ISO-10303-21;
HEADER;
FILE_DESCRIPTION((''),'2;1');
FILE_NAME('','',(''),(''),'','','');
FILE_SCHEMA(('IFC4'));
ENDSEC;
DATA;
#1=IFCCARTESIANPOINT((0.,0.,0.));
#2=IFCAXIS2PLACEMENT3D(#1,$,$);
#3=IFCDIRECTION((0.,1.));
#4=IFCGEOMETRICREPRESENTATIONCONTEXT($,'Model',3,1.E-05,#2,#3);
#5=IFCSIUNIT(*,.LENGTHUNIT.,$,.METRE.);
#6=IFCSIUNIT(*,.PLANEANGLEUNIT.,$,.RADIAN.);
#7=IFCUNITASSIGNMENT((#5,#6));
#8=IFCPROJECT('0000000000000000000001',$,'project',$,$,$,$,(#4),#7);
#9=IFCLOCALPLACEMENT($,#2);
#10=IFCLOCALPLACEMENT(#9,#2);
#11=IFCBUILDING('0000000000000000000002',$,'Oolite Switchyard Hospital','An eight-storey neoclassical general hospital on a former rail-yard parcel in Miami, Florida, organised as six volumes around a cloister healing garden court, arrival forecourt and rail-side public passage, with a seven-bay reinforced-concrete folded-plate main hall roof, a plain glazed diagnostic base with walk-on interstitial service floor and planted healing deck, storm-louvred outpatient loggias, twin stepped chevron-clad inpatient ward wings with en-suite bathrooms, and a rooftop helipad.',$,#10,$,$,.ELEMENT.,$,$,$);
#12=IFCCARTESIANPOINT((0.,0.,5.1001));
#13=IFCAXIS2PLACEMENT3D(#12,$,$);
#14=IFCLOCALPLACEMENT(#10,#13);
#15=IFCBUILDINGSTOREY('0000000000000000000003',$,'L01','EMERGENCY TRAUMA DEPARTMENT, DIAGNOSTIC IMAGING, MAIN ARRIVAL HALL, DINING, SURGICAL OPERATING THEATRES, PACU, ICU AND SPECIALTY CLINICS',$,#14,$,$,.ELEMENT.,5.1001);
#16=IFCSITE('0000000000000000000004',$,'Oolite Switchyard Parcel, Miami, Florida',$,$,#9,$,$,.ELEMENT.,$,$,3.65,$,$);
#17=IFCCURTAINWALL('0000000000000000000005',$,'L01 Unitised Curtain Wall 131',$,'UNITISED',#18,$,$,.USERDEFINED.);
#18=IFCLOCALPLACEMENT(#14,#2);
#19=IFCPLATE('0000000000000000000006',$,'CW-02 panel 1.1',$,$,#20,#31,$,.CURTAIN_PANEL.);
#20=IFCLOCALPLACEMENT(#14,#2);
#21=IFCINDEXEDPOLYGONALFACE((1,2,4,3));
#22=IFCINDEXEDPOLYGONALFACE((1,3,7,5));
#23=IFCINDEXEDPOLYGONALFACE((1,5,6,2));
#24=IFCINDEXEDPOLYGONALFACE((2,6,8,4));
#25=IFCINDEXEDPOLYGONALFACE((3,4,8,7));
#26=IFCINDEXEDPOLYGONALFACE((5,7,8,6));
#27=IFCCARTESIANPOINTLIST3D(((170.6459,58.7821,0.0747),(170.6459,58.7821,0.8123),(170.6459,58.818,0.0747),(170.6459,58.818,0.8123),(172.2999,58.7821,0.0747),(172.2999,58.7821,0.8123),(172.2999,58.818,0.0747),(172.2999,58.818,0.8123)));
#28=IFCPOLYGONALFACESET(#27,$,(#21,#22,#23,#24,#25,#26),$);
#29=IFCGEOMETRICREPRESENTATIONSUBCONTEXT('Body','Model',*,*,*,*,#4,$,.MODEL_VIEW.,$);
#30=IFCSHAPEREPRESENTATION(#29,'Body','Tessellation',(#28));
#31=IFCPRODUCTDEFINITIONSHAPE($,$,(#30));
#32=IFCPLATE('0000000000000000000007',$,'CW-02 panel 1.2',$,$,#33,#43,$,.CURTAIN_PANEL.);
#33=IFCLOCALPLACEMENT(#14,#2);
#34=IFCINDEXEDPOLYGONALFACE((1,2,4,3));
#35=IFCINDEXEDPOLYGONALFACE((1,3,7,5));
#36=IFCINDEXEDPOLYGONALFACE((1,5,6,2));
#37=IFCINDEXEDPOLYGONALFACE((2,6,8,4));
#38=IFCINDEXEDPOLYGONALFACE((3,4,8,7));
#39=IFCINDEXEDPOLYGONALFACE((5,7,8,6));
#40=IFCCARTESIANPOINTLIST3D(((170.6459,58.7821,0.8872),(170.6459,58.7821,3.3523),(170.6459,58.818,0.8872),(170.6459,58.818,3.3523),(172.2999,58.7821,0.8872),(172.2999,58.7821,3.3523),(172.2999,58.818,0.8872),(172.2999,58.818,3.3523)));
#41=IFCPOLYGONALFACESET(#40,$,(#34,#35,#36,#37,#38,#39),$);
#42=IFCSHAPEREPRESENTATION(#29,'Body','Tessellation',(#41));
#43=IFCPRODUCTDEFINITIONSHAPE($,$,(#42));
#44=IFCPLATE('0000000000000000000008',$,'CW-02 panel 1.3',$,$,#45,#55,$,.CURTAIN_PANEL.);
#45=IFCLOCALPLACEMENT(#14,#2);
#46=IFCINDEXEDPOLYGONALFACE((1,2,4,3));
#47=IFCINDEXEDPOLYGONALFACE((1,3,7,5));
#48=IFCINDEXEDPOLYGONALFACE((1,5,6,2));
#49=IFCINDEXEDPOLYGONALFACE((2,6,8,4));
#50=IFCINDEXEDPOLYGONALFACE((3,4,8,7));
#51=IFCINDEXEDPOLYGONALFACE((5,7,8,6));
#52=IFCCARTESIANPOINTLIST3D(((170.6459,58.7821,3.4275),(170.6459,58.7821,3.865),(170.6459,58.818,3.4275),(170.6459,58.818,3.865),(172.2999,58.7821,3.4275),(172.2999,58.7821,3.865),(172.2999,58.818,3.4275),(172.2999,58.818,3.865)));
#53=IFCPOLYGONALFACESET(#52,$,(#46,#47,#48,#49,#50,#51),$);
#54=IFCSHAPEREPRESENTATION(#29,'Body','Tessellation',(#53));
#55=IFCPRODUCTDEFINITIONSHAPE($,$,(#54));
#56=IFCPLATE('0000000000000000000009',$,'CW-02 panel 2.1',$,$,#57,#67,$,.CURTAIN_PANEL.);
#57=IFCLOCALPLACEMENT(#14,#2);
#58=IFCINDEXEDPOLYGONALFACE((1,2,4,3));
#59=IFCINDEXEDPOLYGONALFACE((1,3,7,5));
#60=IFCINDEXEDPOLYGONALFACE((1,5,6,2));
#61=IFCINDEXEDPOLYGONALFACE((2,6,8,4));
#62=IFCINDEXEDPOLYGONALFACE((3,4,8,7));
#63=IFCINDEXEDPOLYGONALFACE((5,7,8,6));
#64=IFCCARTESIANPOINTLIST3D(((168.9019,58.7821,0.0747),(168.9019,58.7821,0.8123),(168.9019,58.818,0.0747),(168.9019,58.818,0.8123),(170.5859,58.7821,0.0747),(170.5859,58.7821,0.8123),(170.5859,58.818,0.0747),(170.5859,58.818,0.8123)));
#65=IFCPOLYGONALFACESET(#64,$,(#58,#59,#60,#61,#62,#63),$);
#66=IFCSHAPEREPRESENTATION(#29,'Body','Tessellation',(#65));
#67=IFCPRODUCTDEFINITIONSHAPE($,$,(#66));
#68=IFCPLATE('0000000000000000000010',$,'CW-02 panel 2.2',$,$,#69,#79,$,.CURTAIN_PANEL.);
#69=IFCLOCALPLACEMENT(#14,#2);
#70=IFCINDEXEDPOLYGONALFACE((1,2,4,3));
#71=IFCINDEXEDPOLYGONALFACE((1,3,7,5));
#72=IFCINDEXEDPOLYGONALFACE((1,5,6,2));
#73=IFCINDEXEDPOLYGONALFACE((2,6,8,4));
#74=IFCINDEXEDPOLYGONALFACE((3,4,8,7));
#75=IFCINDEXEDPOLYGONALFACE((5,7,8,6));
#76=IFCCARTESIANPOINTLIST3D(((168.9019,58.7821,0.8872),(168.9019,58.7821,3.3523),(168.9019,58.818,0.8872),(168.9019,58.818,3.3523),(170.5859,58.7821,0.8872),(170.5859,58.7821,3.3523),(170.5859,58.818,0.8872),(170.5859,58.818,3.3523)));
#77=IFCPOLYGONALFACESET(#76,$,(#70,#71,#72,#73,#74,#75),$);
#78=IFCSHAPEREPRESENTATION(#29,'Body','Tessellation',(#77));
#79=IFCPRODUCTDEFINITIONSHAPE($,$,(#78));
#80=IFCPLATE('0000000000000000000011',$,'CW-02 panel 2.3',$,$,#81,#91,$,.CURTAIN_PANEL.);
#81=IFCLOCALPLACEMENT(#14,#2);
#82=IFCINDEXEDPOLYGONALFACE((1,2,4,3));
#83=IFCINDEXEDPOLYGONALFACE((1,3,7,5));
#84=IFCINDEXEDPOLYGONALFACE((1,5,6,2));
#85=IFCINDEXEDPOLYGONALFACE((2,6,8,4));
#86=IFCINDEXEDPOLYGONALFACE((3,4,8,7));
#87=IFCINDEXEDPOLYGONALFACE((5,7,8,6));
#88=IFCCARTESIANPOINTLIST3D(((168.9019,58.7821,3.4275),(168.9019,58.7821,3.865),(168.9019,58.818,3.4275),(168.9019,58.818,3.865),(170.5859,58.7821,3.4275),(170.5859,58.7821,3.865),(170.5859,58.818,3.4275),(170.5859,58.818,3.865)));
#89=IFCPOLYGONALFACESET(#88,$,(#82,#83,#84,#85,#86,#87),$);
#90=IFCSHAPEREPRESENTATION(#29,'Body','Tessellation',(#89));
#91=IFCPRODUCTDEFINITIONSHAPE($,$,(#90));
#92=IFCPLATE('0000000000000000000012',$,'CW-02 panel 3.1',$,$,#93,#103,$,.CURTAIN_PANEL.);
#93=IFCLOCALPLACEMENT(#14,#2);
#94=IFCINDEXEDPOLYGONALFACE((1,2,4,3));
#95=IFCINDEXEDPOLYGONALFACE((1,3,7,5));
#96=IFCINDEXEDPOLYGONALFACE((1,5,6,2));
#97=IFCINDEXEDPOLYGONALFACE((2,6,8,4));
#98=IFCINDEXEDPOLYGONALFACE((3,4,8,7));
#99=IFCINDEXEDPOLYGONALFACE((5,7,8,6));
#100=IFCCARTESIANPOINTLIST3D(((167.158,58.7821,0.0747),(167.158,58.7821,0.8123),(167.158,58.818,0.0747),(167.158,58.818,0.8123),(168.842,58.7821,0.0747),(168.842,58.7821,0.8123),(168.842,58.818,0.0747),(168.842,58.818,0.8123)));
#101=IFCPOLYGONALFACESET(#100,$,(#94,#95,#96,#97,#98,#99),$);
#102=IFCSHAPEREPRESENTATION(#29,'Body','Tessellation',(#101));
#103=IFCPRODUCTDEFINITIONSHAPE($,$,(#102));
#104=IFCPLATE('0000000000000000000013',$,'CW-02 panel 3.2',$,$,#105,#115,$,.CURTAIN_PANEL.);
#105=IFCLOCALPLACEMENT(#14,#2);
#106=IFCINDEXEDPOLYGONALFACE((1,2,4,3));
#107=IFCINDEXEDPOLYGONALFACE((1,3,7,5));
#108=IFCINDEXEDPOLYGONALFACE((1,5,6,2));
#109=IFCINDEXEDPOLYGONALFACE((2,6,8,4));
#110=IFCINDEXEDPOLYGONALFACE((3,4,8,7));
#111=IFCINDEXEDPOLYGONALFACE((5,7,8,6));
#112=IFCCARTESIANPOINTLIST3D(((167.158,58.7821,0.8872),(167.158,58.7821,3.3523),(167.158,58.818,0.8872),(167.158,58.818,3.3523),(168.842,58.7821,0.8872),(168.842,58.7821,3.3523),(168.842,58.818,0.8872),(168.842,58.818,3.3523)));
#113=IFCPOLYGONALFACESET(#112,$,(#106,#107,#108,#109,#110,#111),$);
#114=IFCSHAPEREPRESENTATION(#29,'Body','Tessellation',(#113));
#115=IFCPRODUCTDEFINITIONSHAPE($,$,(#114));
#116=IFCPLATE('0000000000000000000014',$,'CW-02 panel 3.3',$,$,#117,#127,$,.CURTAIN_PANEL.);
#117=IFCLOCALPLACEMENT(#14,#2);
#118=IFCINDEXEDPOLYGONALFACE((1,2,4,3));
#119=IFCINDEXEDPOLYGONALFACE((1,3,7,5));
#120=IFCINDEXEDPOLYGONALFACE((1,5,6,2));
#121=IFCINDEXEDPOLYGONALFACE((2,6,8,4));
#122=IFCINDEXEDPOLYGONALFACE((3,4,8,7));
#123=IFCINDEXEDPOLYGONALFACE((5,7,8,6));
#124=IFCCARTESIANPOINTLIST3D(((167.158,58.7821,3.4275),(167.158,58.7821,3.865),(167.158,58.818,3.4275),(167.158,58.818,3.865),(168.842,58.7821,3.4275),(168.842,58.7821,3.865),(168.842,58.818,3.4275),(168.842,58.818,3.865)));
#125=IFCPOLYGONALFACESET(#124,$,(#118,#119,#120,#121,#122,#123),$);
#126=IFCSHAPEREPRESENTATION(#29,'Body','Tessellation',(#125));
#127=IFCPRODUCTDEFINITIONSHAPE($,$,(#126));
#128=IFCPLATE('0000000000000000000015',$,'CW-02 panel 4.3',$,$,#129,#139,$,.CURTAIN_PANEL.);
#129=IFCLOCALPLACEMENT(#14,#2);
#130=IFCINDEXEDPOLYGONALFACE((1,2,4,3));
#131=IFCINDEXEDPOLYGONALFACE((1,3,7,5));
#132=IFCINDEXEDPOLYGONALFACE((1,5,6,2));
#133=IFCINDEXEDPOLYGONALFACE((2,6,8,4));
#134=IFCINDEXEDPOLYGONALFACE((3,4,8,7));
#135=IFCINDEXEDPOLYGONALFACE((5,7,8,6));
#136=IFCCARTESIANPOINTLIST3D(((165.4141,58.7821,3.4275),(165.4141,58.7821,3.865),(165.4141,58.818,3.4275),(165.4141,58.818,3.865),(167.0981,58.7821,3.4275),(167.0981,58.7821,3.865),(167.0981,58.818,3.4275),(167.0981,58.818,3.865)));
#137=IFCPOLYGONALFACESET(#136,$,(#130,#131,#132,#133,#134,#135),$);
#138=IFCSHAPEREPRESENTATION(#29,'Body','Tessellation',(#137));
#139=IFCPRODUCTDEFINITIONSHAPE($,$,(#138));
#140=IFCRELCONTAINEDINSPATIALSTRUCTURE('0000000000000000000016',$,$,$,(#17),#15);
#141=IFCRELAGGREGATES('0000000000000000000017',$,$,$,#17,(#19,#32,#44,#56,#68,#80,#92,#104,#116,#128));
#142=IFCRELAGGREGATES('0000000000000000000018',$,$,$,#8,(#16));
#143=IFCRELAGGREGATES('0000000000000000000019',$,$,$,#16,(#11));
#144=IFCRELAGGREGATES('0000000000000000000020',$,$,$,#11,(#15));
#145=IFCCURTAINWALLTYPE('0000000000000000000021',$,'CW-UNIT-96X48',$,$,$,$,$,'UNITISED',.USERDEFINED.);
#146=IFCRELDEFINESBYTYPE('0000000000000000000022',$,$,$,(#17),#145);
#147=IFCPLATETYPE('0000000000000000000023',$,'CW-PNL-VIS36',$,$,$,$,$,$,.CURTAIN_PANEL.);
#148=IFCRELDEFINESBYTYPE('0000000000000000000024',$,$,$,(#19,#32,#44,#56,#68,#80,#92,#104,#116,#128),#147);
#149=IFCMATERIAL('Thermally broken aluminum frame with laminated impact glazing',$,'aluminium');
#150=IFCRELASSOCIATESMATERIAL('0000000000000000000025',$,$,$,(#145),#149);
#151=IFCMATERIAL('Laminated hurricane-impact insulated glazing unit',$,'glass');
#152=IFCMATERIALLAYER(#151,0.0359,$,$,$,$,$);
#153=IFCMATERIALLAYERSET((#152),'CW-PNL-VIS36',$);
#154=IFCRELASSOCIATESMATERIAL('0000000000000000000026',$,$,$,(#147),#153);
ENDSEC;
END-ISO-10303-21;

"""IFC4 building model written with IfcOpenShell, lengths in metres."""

from ifc_helpers import new_model, si_unit, direction, frame, origin, origin_2d, place, context, subcontext, project, spatial, rectangle, extrude, material, layer, layer_set, type_object, element, aggregate, save


model = new_model("IFC4")

# Units and contexts
model_context = context("Model", 3, precision=1e-05, world=origin(), true_north=direction((0.0, 1.0)))
body_context = subcontext(model_context, "Body", "Model", "MODEL_VIEW")
ifc_project = project(units=[si_unit("LENGTHUNIT", "METRE"), si_unit("PLANEANGLEUNIT", "RADIAN")], contexts=[model_context])

# Site, building, storey
site_placement = place(None, origin())
site = spatial("IfcSite", under=ifc_project, at=site_placement, Name="Oolite Switchyard Parcel, Miami, Florida", CompositionType="ELEMENT", RefElevation=3.65)
building_placement = place(site_placement, origin())
building = spatial("IfcBuilding", under=site, at=building_placement, Name="Oolite Switchyard Hospital", Description="An eight-storey neoclassical general hospital on a former rail-yard parcel in Miami, Florida, organised as six volumes around a cloister healing garden court, arrival forecourt and rail-side public passage, with a seven-bay reinforced-concrete folded-plate main hall roof, a plain glazed diagnostic base with walk-on interstitial service floor and planted healing deck, storm-louvred outpatient loggias, twin stepped chevron-clad inpatient ward wings with en-suite bathrooms, and a rooftop helipad.", CompositionType="ELEMENT")
storey_placement = place(building_placement, frame((0.0, 0.0, 5.1001)))
storey = spatial("IfcBuildingStorey", under=building, at=storey_placement, Name="L01", Description="EMERGENCY TRAUMA DEPARTMENT, DIAGNOSTIC IMAGING, MAIN ARRIVAL HALL, DINING, SURGICAL OPERATING THEATRES, PACU, ICU AND SPECIALTY CLINICS", CompositionType="ELEMENT", Elevation=5.1001)

# Curtain wall, plates
ifc_material_1 = material(Name="Thermally broken aluminum frame with laminated impact glazing", Category="aluminium")
curtain_wall_type = type_object("IfcCurtainWallType", Name="CW-UNIT-96X48", ElementType="UNITISED", PredefinedType="USERDEFINED", material=ifc_material_1)
curtain_wall_placement = place(storey_placement, origin())
curtain_wall = element("IfcCurtainWall", 1, at=curtain_wall_placement, inside=storey, type_object=curtain_wall_type, Name="L01 Unitised Curtain Wall 131", ObjectType="UNITISED", PredefinedType="USERDEFINED")
ifc_material_2 = material(Name="Laminated hurricane-impact insulated glazing unit", Category="glass")
ifc_layer = layer(ifc_material_2, 0.0359)
ifc_layer_set = layer_set([ifc_layer], Name="CW-PNL-VIS36")
plate_type = type_object("IfcPlateType", Name="CW-PNL-VIS36", PredefinedType="CURTAIN_PANEL", material=ifc_layer_set)
plate_1_placement = place(storey_placement, frame((171.4729, 58.8, 0.0747), z_axis=(0.0, 0.0, 1.0), x_axis=(-1.0, 0.0, 0.0)))
plate_1 = element("IfcPlate", 2, at=plate_1_placement, type_object=plate_type, Name="CW-02 panel 1.1", PredefinedType="CURTAIN_PANEL", context=body_context, shape_type="SweptSolid", body=[
    extrude(rectangle(XDim=1.6541, YDim=0.0359, at=origin_2d()), origin(), (0.0, 0.0, 1.0), 0.7375),
])
plate_2_placement = place(storey_placement, frame((171.4729, 58.8, 0.8872), z_axis=(0.0, 0.0, 1.0), x_axis=(-1.0, 0.0, 0.0)))
plate_2 = element("IfcPlate", 3, at=plate_2_placement, type_object=plate_type, Name="CW-02 panel 1.2", PredefinedType="CURTAIN_PANEL", context=body_context, shape_type="SweptSolid", body=[
    extrude(rectangle(XDim=1.6541, YDim=0.0359, at=origin_2d()), origin(), (0.0, 0.0, 1.0), 2.4651),
])
plate_3_placement = place(storey_placement, frame((171.4729, 58.8, 3.4275), z_axis=(0.0, 0.0, 1.0), x_axis=(-1.0, 0.0, 0.0)))
plate_3 = element("IfcPlate", 4, at=plate_3_placement, type_object=plate_type, Name="CW-02 panel 1.3", PredefinedType="CURTAIN_PANEL", context=body_context, shape_type="SweptSolid", body=[
    extrude(rectangle(XDim=1.6541, YDim=0.0359, at=origin_2d()), origin(), (0.0, 0.0, 1.0), 0.4375),
])
plate_4_placement = place(storey_placement, frame((169.7439, 58.8, 0.0747), z_axis=(0.0, 0.0, 1.0), x_axis=(-1.0, 0.0, 0.0)))
plate_4 = element("IfcPlate", 5, at=plate_4_placement, type_object=plate_type, Name="CW-02 panel 2.1", PredefinedType="CURTAIN_PANEL", context=body_context, shape_type="SweptSolid", body=[
    extrude(rectangle(XDim=1.6841, YDim=0.0359, at=origin_2d()), origin(), (0.0, 0.0, 1.0), 0.7375),
])
plate_5_placement = place(storey_placement, frame((169.7439, 58.8, 0.8872), z_axis=(0.0, 0.0, 1.0), x_axis=(-1.0, 0.0, 0.0)))
plate_5 = element("IfcPlate", 6, at=plate_5_placement, type_object=plate_type, Name="CW-02 panel 2.2", PredefinedType="CURTAIN_PANEL", context=body_context, shape_type="SweptSolid", body=[
    extrude(rectangle(XDim=1.6841, YDim=0.0359, at=origin_2d()), origin(), (0.0, 0.0, 1.0), 2.4651),
])
plate_6_placement = place(storey_placement, frame((169.7439, 58.8, 3.4275), z_axis=(0.0, 0.0, 1.0), x_axis=(-1.0, 0.0, 0.0)))
plate_6 = element("IfcPlate", 7, at=plate_6_placement, type_object=plate_type, Name="CW-02 panel 2.3", PredefinedType="CURTAIN_PANEL", context=body_context, shape_type="SweptSolid", body=[
    extrude(rectangle(XDim=1.6841, YDim=0.0359, at=origin_2d()), origin(), (0.0, 0.0, 1.0), 0.4375),
])
plate_7_placement = place(storey_placement, frame((168.0, 58.8, 0.0747), z_axis=(0.0, 0.0, 1.0), x_axis=(-1.0, 0.0, 0.0)))
plate_7 = element("IfcPlate", 8, at=plate_7_placement, type_object=plate_type, Name="CW-02 panel 3.1", PredefinedType="CURTAIN_PANEL", context=body_context, shape_type="SweptSolid", body=[
    extrude(rectangle(XDim=1.6841, YDim=0.0359, at=origin_2d()), origin(), (0.0, 0.0, 1.0), 0.7375),
])
plate_8_placement = place(storey_placement, frame((168.0, 58.8, 0.8872), z_axis=(0.0, 0.0, 1.0), x_axis=(-1.0, 0.0, 0.0)))
plate_8 = element("IfcPlate", 9, at=plate_8_placement, type_object=plate_type, Name="CW-02 panel 3.2", PredefinedType="CURTAIN_PANEL", context=body_context, shape_type="SweptSolid", body=[
    extrude(rectangle(XDim=1.6841, YDim=0.0359, at=origin_2d()), origin(), (0.0, 0.0, 1.0), 2.4651),
])
plate_9_placement = place(storey_placement, frame((168.0, 58.8, 3.4275), z_axis=(0.0, 0.0, 1.0), x_axis=(-1.0, 0.0, 0.0)))
plate_9 = element("IfcPlate", 10, at=plate_9_placement, type_object=plate_type, Name="CW-02 panel 3.3", PredefinedType="CURTAIN_PANEL", context=body_context, shape_type="SweptSolid", body=[
    extrude(rectangle(XDim=1.6841, YDim=0.0359, at=origin_2d()), origin(), (0.0, 0.0, 1.0), 0.4375),
])
plate_10_placement = place(storey_placement, frame((166.2561, 58.8, 3.4275), z_axis=(0.0, 0.0, 1.0), x_axis=(-1.0, 0.0, 0.0)))
plate_10 = element("IfcPlate", 11, at=plate_10_placement, type_object=plate_type, Name="CW-02 panel 4.3", PredefinedType="CURTAIN_PANEL", context=body_context, shape_type="SweptSolid", body=[
    extrude(rectangle(XDim=1.6841, YDim=0.0359, at=origin_2d()), origin(), (0.0, 0.0, 1.0), 0.4375),
])
aggregate(curtain_wall, [plate_1, plate_2, plate_3, plate_4, plate_5, plate_6, plate_7, plate_8, plate_9, plate_10])

save(model, "model.ifc")
